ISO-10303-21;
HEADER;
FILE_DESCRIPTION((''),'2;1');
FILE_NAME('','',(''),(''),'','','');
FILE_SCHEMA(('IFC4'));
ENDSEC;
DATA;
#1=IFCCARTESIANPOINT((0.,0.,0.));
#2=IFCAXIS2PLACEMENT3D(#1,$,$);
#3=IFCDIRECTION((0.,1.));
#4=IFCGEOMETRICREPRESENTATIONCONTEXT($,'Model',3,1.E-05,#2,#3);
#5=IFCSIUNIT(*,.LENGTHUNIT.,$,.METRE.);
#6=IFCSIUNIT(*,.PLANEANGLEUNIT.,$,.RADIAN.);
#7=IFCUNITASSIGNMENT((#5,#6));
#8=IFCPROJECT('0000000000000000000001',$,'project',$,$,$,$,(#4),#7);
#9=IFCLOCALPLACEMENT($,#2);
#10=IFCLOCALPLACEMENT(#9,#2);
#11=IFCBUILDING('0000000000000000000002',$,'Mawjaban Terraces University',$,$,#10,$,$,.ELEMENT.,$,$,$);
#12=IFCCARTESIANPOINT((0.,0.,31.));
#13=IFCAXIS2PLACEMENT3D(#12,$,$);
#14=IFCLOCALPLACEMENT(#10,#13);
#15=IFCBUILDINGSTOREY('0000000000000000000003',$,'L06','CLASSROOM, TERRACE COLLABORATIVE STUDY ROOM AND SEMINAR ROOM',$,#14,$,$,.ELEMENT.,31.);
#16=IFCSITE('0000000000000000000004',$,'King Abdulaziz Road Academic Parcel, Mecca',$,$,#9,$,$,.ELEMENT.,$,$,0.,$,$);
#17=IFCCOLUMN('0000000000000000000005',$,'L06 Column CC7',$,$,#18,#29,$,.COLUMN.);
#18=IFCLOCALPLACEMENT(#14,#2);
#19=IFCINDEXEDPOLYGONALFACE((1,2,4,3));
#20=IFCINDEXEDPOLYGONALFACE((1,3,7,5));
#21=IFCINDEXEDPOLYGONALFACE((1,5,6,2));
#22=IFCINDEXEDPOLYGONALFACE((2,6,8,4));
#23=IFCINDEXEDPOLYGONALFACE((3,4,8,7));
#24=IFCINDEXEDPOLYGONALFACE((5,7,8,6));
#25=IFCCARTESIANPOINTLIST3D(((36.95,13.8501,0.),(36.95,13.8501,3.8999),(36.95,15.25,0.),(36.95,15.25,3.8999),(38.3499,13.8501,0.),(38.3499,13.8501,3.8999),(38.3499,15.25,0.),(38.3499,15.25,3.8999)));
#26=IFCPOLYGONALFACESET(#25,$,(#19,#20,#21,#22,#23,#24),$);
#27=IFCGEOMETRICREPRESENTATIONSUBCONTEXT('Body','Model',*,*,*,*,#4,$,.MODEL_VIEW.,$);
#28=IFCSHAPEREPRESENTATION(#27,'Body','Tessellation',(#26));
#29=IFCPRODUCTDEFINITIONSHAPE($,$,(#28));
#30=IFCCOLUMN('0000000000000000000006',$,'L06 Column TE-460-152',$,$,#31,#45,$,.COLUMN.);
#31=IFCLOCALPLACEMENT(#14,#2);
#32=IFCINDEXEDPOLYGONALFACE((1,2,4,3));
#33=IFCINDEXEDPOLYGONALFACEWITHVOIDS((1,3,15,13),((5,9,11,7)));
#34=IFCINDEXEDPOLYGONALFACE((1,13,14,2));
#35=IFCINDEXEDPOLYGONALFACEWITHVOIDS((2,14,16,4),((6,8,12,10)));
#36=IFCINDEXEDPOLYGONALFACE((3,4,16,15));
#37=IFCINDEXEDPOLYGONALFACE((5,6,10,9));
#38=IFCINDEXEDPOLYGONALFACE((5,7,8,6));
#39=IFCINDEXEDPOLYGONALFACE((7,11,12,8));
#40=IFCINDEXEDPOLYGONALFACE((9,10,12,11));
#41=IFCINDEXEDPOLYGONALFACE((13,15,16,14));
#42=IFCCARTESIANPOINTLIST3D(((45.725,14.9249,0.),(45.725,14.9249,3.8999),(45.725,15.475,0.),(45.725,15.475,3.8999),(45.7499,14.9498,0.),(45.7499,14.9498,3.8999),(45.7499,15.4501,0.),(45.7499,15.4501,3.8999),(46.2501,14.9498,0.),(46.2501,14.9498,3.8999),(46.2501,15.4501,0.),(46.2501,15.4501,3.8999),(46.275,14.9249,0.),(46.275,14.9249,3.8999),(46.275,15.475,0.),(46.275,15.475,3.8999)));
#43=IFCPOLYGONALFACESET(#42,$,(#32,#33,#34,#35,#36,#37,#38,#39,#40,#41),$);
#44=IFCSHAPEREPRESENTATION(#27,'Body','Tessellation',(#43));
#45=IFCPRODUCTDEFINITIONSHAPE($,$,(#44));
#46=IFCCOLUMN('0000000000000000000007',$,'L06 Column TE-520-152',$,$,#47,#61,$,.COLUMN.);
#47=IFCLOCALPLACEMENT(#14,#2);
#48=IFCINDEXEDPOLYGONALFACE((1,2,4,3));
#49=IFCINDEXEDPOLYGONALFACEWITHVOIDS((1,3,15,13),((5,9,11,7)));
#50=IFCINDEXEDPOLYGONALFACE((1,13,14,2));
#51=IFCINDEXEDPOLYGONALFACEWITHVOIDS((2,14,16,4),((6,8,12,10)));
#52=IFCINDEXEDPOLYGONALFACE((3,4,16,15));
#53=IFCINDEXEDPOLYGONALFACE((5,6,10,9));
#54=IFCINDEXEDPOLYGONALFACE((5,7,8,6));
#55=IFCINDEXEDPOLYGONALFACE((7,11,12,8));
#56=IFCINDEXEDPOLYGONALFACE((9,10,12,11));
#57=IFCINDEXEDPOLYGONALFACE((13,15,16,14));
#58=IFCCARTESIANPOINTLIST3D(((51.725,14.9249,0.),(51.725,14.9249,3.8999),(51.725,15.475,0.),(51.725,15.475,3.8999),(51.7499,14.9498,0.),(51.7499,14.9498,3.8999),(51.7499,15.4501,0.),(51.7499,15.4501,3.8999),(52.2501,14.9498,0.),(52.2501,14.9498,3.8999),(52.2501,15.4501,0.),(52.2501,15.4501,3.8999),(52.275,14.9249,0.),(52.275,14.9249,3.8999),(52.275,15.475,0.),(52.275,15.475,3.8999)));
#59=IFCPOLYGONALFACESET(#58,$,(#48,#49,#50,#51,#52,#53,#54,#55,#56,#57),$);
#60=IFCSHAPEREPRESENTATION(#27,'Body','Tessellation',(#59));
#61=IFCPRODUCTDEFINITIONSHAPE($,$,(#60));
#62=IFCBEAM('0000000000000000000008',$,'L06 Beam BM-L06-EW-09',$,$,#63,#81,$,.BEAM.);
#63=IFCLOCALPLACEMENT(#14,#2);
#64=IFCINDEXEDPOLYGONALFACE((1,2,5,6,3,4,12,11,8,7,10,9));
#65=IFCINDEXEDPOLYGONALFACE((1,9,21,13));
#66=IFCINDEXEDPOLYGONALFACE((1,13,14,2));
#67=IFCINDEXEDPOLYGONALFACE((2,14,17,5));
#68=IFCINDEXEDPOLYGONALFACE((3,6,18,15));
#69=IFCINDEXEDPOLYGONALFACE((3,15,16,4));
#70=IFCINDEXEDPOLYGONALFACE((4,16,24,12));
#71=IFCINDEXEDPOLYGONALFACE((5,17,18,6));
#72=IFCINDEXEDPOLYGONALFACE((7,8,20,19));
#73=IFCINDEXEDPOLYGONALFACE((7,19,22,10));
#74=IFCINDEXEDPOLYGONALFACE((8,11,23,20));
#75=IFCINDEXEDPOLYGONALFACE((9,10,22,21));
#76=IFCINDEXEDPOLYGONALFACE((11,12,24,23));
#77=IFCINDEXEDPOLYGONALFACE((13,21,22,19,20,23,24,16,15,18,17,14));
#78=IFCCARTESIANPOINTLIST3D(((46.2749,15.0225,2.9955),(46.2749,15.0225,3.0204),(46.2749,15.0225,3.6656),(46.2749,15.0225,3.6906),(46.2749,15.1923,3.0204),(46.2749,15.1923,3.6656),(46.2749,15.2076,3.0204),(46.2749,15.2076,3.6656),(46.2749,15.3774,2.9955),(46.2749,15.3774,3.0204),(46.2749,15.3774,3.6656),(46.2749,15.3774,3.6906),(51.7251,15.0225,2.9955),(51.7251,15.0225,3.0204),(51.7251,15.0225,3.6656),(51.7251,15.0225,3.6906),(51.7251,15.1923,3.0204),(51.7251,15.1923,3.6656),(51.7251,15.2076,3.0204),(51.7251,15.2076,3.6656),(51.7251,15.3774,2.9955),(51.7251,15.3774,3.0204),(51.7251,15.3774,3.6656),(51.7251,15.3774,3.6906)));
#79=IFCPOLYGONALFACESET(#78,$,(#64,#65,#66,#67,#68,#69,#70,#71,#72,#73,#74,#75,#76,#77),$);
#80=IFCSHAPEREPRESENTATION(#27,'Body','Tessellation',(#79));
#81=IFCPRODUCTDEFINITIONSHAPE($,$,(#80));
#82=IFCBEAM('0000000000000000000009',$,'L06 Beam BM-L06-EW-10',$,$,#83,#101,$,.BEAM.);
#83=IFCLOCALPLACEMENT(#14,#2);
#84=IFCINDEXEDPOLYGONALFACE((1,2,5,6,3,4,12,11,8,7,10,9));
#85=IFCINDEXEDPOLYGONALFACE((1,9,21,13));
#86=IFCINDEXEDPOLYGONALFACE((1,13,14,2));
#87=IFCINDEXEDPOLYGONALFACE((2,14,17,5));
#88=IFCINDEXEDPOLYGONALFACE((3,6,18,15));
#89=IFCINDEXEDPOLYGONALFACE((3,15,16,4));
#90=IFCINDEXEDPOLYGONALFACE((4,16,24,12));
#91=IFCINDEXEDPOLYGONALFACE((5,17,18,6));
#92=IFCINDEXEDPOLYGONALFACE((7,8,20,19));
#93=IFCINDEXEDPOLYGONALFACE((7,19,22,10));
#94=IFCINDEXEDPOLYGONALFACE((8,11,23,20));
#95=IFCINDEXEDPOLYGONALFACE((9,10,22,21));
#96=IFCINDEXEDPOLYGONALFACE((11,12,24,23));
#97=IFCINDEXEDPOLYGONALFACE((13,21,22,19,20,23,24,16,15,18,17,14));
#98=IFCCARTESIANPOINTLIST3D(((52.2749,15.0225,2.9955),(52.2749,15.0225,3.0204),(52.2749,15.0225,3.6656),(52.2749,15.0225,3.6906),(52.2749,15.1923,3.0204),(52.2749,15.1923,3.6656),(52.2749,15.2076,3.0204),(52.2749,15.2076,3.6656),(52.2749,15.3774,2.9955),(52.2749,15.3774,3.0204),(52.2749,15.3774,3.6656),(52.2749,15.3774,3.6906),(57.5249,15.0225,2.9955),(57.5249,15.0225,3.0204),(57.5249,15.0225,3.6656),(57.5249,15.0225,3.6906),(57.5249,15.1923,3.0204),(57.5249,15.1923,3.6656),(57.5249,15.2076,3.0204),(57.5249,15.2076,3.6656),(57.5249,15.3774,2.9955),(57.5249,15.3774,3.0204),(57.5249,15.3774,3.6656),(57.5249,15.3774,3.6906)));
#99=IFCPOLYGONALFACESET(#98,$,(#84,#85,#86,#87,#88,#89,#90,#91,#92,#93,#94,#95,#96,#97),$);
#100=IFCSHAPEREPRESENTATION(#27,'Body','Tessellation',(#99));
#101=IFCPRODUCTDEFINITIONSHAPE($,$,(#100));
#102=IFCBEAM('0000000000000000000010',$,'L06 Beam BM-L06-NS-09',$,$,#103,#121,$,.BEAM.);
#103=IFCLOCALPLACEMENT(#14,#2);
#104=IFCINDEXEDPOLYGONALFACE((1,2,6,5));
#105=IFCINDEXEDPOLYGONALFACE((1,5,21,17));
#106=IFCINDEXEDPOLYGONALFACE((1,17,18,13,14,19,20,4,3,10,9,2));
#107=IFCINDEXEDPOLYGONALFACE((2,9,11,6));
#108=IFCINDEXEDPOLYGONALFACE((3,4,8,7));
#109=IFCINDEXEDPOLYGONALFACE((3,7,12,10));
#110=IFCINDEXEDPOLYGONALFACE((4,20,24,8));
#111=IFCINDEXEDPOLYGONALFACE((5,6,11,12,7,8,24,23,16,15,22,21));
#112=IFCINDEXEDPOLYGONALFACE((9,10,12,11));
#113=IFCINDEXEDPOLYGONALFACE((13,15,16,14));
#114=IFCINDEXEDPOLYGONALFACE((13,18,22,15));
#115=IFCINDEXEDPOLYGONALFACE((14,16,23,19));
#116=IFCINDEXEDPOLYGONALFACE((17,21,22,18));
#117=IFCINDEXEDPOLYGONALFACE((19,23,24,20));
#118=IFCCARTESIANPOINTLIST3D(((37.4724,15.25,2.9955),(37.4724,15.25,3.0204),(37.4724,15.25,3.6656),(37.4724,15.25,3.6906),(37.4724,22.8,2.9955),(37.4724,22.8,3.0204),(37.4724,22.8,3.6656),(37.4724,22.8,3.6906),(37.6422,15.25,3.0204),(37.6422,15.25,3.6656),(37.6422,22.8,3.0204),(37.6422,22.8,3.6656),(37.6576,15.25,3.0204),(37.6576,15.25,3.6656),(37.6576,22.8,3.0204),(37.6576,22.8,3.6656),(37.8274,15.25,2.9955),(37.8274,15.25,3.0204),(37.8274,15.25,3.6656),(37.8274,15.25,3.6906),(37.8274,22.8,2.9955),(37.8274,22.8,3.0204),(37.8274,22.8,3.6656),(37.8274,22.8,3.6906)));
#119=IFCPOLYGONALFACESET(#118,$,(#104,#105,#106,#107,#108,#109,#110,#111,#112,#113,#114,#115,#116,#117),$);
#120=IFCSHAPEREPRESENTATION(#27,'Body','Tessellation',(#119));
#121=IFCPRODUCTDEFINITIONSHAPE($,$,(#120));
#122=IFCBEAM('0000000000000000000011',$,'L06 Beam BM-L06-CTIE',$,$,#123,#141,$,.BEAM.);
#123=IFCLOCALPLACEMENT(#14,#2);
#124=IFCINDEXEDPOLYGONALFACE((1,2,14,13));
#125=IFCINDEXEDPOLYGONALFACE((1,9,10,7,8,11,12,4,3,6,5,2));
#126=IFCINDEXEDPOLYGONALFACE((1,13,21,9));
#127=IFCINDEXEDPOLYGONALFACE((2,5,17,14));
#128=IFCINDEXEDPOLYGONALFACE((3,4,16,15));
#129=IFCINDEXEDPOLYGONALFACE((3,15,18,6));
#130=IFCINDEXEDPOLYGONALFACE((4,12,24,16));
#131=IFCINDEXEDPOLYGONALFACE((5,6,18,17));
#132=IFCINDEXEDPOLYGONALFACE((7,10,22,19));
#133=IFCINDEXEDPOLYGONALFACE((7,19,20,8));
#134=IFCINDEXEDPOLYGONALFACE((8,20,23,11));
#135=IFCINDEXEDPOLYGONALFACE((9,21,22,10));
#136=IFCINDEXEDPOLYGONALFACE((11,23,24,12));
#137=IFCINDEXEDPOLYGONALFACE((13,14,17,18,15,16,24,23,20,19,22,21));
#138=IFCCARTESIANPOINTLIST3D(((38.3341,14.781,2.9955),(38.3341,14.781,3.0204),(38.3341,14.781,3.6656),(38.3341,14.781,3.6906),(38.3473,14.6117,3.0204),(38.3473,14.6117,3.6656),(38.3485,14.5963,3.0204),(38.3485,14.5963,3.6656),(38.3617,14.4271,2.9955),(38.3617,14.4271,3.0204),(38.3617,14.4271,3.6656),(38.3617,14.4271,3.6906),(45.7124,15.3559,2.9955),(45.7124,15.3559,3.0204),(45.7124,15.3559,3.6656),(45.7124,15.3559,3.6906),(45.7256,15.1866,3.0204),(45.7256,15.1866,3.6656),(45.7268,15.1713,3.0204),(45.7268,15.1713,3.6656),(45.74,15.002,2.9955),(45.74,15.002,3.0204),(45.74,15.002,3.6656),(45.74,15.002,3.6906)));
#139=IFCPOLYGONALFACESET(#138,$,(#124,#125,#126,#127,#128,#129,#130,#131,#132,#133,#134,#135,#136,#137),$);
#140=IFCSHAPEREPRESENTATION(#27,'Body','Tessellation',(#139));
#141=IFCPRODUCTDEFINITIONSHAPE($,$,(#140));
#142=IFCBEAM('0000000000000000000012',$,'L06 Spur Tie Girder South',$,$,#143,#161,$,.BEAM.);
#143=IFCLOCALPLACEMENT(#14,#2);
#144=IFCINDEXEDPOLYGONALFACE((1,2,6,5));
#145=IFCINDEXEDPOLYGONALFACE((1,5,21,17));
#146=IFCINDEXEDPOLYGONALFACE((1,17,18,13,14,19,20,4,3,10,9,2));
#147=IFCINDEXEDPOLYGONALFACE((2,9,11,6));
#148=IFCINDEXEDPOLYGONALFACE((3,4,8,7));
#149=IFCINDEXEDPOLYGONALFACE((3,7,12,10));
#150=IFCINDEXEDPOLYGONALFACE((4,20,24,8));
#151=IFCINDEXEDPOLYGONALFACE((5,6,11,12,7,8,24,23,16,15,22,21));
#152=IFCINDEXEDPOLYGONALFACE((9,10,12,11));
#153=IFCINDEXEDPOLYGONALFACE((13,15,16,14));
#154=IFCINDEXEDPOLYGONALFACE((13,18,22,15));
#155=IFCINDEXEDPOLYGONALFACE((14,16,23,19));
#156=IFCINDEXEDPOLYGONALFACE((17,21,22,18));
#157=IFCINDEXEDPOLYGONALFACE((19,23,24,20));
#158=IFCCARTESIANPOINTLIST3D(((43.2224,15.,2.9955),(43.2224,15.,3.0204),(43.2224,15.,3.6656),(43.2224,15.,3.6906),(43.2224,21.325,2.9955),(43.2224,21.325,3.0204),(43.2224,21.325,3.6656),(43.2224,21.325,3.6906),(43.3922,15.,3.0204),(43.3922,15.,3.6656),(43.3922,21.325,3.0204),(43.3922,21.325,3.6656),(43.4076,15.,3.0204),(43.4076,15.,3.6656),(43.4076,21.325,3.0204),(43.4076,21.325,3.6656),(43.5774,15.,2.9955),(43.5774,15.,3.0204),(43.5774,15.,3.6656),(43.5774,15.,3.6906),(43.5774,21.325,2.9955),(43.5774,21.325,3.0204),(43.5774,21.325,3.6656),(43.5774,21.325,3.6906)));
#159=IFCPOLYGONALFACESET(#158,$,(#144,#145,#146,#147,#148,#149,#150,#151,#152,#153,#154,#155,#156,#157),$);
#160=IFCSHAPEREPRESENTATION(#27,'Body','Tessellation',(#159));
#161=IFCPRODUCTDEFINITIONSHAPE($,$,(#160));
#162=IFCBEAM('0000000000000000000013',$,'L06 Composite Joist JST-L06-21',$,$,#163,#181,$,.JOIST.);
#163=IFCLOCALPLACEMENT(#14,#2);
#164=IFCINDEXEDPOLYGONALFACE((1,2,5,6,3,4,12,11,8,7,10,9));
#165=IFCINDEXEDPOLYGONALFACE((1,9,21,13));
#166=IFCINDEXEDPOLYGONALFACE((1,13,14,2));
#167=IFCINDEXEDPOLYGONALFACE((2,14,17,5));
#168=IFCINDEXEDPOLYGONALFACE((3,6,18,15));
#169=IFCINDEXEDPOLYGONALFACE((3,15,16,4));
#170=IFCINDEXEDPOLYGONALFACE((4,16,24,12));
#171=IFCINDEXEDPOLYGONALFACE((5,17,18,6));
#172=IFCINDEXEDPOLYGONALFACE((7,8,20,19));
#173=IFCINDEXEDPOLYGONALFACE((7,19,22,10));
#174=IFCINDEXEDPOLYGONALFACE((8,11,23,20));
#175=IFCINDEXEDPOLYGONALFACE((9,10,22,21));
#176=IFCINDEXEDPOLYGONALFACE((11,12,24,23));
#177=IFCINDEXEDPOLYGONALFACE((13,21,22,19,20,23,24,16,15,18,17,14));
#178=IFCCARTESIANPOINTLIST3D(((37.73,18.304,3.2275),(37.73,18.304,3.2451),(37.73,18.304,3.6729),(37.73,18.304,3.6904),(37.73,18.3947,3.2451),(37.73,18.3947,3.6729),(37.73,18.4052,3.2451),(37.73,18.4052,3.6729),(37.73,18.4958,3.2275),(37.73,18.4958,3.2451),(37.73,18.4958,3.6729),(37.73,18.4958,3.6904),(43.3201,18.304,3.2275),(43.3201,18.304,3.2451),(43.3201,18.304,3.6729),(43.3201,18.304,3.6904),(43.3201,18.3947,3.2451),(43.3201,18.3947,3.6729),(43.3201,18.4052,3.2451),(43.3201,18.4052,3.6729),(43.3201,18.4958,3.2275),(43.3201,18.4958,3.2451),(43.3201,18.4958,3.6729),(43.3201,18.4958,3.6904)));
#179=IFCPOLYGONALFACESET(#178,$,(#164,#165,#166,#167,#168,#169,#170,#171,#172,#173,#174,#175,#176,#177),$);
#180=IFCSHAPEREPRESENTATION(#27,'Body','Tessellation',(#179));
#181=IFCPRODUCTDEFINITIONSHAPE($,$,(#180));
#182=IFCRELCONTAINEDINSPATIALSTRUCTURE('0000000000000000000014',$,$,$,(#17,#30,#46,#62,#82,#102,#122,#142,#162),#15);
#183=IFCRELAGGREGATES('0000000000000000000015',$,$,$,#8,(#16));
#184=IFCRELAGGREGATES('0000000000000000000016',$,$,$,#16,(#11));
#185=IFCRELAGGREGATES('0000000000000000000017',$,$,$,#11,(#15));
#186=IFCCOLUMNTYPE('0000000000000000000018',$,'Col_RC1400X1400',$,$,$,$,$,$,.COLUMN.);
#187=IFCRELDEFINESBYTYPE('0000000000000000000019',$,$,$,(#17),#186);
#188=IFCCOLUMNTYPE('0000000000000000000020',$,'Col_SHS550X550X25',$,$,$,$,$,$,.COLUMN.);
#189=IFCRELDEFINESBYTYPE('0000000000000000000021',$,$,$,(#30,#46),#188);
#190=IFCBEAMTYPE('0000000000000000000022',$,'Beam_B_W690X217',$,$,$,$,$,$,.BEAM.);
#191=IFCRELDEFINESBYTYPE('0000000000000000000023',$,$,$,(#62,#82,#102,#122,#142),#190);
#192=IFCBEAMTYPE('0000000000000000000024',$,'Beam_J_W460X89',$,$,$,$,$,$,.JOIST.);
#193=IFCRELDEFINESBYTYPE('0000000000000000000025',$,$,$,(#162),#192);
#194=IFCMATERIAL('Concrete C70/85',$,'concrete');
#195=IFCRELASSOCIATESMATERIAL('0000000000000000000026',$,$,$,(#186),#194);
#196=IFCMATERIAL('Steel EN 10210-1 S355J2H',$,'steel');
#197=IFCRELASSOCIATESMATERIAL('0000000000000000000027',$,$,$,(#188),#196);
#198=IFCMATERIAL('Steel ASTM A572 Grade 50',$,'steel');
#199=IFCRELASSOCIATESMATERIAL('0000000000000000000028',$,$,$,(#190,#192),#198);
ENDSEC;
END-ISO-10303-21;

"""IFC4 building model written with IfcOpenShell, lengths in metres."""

from ifc_helpers import new_model, si_unit, direction, frame, origin, origin_2d, place, context, subcontext, project, spatial, rectangle, hollow_rectangle, i_section, extrude, material, material_profile, profile_set, type_object, element, save


model = new_model("IFC4")

# Units and contexts
model_context = context("Model", 3, precision=1e-05, world=origin(), true_north=direction((0.0, 1.0)))
body_context = subcontext(model_context, "Body", "Model", "MODEL_VIEW")
ifc_project = project(units=[si_unit("LENGTHUNIT", "METRE"), si_unit("PLANEANGLEUNIT", "RADIAN")], contexts=[model_context])

# Site, building, storey
site_placement = place(None, origin())
site = spatial("IfcSite", under=ifc_project, at=site_placement, Name="King Abdulaziz Road Academic Parcel, Mecca", CompositionType="ELEMENT", RefElevation=0.0)
building_placement = place(site_placement, origin())
building = spatial("IfcBuilding", under=site, at=building_placement, Name="Mawjaban Terraces University", CompositionType="ELEMENT")
storey_placement = place(building_placement, frame((0.0, 0.0, 31.0)))
storey = spatial("IfcBuildingStorey", under=building, at=storey_placement, Name="L06", Description="CLASSROOM, TERRACE COLLABORATIVE STUDY ROOM AND SEMINAR ROOM", CompositionType="ELEMENT", Elevation=31.0)

# Columns
ifc_material_1 = material(Name="Concrete C70/85", Category="concrete")
ifc_material_profile_1 = material_profile(ifc_material_1, rectangle(XDim=1.3999, YDim=1.3999, at=origin_2d()), Name="RC1400X1400")
ifc_profile_set_1 = profile_set([ifc_material_profile_1], Name="Concrete C70/85")
column_type_1 = type_object("IfcColumnType", Name="Col_RC1400X1400", PredefinedType="COLUMN", material=ifc_profile_set_1)
column_placement = place(storey_placement, frame((37.6499, 14.55, 0.0), z_axis=(0.0, 0.0, 1.0), x_axis=(1.0, 0.0, 0.0)))
element("IfcColumn", 1, at=column_placement, inside=storey, type_object=column_type_1, Name="L06 Column CC7", PredefinedType="COLUMN", context=body_context, shape_type="SweptSolid", body=[
    extrude(rectangle(XDim=1.3999, YDim=1.3999, at=origin_2d()), origin(), (0.0, 0.0, 1.0), 3.8999),
])
ifc_material_2 = material(Name="Steel EN 10210-1 S355J2H", Category="steel")
ifc_material_profile_2 = material_profile(ifc_material_2, hollow_rectangle(XDim=0.55, YDim=0.55, WallThickness=0.0249, at=origin_2d()), Name="SHS550X550X25")
ifc_profile_set_2 = profile_set([ifc_material_profile_2], Name="Steel EN 10210-1 S355J2H")
column_type_2 = type_object("IfcColumnType", Name="Col_SHS550X550X25", PredefinedType="COLUMN", material=ifc_profile_set_2)
for number, where, z_axis, x_axis, name in (
    (2, (46.0, 15.2, 0.0), (0.0, 0.0, 1.0), (1.0, 0.0, 0.0), "L06 Column TE-460-152"),
    (3, (52.0, 15.2, 0.0), (0.0, 0.0, 1.0), (1.0, 0.0, 0.0), "L06 Column TE-520-152"),
):
    element("IfcColumn", number, at=place(storey_placement, frame(where, z_axis=z_axis, x_axis=x_axis)), inside=storey, type_object=column_type_2, Name=name, PredefinedType="COLUMN", context=body_context, shape_type="SweptSolid", body=[
        extrude(hollow_rectangle(XDim=0.55, YDim=0.55, WallThickness=0.0249, at=origin_2d()), origin(), (0.0, 0.0, 1.0), 3.8999),
    ])

# Beams
ifc_material_3 = material(Name="Steel ASTM A572 Grade 50", Category="steel")
ifc_material_profile_3 = material_profile(ifc_material_3, i_section(OverallWidth=0.355, OverallDepth=0.6951, WebThickness=0.0154, FlangeThickness=0.0249, at=origin_2d()), Name="W690X217")
ifc_profile_set_3 = profile_set([ifc_material_profile_3], Name="Steel ASTM A572 Grade 50")
beam_type_1 = type_object("IfcBeamType", Name="Beam_B_W690X217", PredefinedType="BEAM", material=ifc_profile_set_3)
beam_1_placement = place(storey_placement, frame((46.2749, 15.2, 3.343), z_axis=(1.0, 0.0, 0.0), x_axis=(0.0, 1.0, 0.0)))
element("IfcBeam", 4, at=beam_1_placement, inside=storey, type_object=beam_type_1, Name="L06 Beam BM-L06-EW-09", PredefinedType="BEAM", context=body_context, shape_type="SweptSolid", body=[
    extrude(i_section(OverallWidth=0.355, OverallDepth=0.6951, WebThickness=0.0154, FlangeThickness=0.0249, at=origin_2d()), origin(), (0.0, 0.0, 1.0), 5.4502),
])
beam_2_placement = place(storey_placement, frame((52.2749, 15.2, 3.343), z_axis=(1.0, 0.0, 0.0), x_axis=(0.0, 1.0, 0.0)))
element("IfcBeam", 5, at=beam_2_placement, inside=storey, type_object=beam_type_1, Name="L06 Beam BM-L06-EW-10", PredefinedType="BEAM", context=body_context, shape_type="SweptSolid", body=[
    extrude(i_section(OverallWidth=0.355, OverallDepth=0.6951, WebThickness=0.0154, FlangeThickness=0.0249, at=origin_2d()), origin(), (0.0, 0.0, 1.0), 5.25),
])
beam_3_placement = place(storey_placement, frame((37.6499, 15.25, 3.343), z_axis=(0.0, 1.0, 0.0), x_axis=(-1.0, 0.0, 0.0)))
element("IfcBeam", 6, at=beam_3_placement, inside=storey, type_object=beam_type_1, Name="L06 Beam BM-L06-NS-09", PredefinedType="BEAM", context=body_context, shape_type="SweptSolid", body=[
    extrude(i_section(OverallWidth=0.355, OverallDepth=0.6951, WebThickness=0.0154, FlangeThickness=0.0249, at=origin_2d()), origin(), (0.0, 0.0, 1.0), 7.55),
])
beam_4_placement = place(storey_placement, frame((38.3479, 14.604, 3.343), z_axis=(0.996978, 0.07769, 0.0), x_axis=(-0.07769, 0.996978, 0.0)))
element("IfcBeam", 7, at=beam_4_placement, inside=storey, type_object=beam_type_1, Name="L06 Beam BM-L06-CTIE", PredefinedType="BEAM", context=body_context, shape_type="SweptSolid", body=[
    extrude(i_section(OverallWidth=0.355, OverallDepth=0.6951, WebThickness=0.0154, FlangeThickness=0.0249, at=origin_2d()), origin(), (0.0, 0.0, 1.0), 7.4006),
])
beam_5_placement = place(storey_placement, frame((43.3999, 15.0, 3.343), z_axis=(0.0, 1.0, 0.0), x_axis=(-1.0, 0.0, 0.0)))
element("IfcBeam", 8, at=beam_5_placement, inside=storey, type_object=beam_type_1, Name="L06 Spur Tie Girder South", PredefinedType="BEAM", context=body_context, shape_type="SweptSolid", body=[
    extrude(i_section(OverallWidth=0.355, OverallDepth=0.6951, WebThickness=0.0154, FlangeThickness=0.0249, at=origin_2d()), origin(), (0.0, 0.0, 1.0), 6.325),
])
ifc_material_profile_4 = material_profile(ifc_material_3, i_section(OverallWidth=0.1919, OverallDepth=0.4629, WebThickness=0.0105, FlangeThickness=0.0176, at=origin_2d()), Name="W460X89")
ifc_profile_set_4 = profile_set([ifc_material_profile_4], Name="Steel ASTM A572 Grade 50")
beam_type_2 = type_object("IfcBeamType", Name="Beam_J_W460X89", PredefinedType="JOIST", material=ifc_profile_set_4)
beam_6_placement = place(storey_placement, frame((37.73, 18.3999, 3.459), z_axis=(1.0, 0.0, 0.0), x_axis=(0.0, 1.0, 0.0)))
element("IfcBeam", 9, at=beam_6_placement, inside=storey, type_object=beam_type_2, Name="L06 Composite Joist JST-L06-21", PredefinedType="JOIST", context=body_context, shape_type="SweptSolid", body=[
    extrude(i_section(OverallWidth=0.1919, OverallDepth=0.4629, WebThickness=0.0105, FlangeThickness=0.0176, at=origin_2d()), origin(), (0.0, 0.0, 1.0), 5.5901),
])

save(model, "model.ifc")
